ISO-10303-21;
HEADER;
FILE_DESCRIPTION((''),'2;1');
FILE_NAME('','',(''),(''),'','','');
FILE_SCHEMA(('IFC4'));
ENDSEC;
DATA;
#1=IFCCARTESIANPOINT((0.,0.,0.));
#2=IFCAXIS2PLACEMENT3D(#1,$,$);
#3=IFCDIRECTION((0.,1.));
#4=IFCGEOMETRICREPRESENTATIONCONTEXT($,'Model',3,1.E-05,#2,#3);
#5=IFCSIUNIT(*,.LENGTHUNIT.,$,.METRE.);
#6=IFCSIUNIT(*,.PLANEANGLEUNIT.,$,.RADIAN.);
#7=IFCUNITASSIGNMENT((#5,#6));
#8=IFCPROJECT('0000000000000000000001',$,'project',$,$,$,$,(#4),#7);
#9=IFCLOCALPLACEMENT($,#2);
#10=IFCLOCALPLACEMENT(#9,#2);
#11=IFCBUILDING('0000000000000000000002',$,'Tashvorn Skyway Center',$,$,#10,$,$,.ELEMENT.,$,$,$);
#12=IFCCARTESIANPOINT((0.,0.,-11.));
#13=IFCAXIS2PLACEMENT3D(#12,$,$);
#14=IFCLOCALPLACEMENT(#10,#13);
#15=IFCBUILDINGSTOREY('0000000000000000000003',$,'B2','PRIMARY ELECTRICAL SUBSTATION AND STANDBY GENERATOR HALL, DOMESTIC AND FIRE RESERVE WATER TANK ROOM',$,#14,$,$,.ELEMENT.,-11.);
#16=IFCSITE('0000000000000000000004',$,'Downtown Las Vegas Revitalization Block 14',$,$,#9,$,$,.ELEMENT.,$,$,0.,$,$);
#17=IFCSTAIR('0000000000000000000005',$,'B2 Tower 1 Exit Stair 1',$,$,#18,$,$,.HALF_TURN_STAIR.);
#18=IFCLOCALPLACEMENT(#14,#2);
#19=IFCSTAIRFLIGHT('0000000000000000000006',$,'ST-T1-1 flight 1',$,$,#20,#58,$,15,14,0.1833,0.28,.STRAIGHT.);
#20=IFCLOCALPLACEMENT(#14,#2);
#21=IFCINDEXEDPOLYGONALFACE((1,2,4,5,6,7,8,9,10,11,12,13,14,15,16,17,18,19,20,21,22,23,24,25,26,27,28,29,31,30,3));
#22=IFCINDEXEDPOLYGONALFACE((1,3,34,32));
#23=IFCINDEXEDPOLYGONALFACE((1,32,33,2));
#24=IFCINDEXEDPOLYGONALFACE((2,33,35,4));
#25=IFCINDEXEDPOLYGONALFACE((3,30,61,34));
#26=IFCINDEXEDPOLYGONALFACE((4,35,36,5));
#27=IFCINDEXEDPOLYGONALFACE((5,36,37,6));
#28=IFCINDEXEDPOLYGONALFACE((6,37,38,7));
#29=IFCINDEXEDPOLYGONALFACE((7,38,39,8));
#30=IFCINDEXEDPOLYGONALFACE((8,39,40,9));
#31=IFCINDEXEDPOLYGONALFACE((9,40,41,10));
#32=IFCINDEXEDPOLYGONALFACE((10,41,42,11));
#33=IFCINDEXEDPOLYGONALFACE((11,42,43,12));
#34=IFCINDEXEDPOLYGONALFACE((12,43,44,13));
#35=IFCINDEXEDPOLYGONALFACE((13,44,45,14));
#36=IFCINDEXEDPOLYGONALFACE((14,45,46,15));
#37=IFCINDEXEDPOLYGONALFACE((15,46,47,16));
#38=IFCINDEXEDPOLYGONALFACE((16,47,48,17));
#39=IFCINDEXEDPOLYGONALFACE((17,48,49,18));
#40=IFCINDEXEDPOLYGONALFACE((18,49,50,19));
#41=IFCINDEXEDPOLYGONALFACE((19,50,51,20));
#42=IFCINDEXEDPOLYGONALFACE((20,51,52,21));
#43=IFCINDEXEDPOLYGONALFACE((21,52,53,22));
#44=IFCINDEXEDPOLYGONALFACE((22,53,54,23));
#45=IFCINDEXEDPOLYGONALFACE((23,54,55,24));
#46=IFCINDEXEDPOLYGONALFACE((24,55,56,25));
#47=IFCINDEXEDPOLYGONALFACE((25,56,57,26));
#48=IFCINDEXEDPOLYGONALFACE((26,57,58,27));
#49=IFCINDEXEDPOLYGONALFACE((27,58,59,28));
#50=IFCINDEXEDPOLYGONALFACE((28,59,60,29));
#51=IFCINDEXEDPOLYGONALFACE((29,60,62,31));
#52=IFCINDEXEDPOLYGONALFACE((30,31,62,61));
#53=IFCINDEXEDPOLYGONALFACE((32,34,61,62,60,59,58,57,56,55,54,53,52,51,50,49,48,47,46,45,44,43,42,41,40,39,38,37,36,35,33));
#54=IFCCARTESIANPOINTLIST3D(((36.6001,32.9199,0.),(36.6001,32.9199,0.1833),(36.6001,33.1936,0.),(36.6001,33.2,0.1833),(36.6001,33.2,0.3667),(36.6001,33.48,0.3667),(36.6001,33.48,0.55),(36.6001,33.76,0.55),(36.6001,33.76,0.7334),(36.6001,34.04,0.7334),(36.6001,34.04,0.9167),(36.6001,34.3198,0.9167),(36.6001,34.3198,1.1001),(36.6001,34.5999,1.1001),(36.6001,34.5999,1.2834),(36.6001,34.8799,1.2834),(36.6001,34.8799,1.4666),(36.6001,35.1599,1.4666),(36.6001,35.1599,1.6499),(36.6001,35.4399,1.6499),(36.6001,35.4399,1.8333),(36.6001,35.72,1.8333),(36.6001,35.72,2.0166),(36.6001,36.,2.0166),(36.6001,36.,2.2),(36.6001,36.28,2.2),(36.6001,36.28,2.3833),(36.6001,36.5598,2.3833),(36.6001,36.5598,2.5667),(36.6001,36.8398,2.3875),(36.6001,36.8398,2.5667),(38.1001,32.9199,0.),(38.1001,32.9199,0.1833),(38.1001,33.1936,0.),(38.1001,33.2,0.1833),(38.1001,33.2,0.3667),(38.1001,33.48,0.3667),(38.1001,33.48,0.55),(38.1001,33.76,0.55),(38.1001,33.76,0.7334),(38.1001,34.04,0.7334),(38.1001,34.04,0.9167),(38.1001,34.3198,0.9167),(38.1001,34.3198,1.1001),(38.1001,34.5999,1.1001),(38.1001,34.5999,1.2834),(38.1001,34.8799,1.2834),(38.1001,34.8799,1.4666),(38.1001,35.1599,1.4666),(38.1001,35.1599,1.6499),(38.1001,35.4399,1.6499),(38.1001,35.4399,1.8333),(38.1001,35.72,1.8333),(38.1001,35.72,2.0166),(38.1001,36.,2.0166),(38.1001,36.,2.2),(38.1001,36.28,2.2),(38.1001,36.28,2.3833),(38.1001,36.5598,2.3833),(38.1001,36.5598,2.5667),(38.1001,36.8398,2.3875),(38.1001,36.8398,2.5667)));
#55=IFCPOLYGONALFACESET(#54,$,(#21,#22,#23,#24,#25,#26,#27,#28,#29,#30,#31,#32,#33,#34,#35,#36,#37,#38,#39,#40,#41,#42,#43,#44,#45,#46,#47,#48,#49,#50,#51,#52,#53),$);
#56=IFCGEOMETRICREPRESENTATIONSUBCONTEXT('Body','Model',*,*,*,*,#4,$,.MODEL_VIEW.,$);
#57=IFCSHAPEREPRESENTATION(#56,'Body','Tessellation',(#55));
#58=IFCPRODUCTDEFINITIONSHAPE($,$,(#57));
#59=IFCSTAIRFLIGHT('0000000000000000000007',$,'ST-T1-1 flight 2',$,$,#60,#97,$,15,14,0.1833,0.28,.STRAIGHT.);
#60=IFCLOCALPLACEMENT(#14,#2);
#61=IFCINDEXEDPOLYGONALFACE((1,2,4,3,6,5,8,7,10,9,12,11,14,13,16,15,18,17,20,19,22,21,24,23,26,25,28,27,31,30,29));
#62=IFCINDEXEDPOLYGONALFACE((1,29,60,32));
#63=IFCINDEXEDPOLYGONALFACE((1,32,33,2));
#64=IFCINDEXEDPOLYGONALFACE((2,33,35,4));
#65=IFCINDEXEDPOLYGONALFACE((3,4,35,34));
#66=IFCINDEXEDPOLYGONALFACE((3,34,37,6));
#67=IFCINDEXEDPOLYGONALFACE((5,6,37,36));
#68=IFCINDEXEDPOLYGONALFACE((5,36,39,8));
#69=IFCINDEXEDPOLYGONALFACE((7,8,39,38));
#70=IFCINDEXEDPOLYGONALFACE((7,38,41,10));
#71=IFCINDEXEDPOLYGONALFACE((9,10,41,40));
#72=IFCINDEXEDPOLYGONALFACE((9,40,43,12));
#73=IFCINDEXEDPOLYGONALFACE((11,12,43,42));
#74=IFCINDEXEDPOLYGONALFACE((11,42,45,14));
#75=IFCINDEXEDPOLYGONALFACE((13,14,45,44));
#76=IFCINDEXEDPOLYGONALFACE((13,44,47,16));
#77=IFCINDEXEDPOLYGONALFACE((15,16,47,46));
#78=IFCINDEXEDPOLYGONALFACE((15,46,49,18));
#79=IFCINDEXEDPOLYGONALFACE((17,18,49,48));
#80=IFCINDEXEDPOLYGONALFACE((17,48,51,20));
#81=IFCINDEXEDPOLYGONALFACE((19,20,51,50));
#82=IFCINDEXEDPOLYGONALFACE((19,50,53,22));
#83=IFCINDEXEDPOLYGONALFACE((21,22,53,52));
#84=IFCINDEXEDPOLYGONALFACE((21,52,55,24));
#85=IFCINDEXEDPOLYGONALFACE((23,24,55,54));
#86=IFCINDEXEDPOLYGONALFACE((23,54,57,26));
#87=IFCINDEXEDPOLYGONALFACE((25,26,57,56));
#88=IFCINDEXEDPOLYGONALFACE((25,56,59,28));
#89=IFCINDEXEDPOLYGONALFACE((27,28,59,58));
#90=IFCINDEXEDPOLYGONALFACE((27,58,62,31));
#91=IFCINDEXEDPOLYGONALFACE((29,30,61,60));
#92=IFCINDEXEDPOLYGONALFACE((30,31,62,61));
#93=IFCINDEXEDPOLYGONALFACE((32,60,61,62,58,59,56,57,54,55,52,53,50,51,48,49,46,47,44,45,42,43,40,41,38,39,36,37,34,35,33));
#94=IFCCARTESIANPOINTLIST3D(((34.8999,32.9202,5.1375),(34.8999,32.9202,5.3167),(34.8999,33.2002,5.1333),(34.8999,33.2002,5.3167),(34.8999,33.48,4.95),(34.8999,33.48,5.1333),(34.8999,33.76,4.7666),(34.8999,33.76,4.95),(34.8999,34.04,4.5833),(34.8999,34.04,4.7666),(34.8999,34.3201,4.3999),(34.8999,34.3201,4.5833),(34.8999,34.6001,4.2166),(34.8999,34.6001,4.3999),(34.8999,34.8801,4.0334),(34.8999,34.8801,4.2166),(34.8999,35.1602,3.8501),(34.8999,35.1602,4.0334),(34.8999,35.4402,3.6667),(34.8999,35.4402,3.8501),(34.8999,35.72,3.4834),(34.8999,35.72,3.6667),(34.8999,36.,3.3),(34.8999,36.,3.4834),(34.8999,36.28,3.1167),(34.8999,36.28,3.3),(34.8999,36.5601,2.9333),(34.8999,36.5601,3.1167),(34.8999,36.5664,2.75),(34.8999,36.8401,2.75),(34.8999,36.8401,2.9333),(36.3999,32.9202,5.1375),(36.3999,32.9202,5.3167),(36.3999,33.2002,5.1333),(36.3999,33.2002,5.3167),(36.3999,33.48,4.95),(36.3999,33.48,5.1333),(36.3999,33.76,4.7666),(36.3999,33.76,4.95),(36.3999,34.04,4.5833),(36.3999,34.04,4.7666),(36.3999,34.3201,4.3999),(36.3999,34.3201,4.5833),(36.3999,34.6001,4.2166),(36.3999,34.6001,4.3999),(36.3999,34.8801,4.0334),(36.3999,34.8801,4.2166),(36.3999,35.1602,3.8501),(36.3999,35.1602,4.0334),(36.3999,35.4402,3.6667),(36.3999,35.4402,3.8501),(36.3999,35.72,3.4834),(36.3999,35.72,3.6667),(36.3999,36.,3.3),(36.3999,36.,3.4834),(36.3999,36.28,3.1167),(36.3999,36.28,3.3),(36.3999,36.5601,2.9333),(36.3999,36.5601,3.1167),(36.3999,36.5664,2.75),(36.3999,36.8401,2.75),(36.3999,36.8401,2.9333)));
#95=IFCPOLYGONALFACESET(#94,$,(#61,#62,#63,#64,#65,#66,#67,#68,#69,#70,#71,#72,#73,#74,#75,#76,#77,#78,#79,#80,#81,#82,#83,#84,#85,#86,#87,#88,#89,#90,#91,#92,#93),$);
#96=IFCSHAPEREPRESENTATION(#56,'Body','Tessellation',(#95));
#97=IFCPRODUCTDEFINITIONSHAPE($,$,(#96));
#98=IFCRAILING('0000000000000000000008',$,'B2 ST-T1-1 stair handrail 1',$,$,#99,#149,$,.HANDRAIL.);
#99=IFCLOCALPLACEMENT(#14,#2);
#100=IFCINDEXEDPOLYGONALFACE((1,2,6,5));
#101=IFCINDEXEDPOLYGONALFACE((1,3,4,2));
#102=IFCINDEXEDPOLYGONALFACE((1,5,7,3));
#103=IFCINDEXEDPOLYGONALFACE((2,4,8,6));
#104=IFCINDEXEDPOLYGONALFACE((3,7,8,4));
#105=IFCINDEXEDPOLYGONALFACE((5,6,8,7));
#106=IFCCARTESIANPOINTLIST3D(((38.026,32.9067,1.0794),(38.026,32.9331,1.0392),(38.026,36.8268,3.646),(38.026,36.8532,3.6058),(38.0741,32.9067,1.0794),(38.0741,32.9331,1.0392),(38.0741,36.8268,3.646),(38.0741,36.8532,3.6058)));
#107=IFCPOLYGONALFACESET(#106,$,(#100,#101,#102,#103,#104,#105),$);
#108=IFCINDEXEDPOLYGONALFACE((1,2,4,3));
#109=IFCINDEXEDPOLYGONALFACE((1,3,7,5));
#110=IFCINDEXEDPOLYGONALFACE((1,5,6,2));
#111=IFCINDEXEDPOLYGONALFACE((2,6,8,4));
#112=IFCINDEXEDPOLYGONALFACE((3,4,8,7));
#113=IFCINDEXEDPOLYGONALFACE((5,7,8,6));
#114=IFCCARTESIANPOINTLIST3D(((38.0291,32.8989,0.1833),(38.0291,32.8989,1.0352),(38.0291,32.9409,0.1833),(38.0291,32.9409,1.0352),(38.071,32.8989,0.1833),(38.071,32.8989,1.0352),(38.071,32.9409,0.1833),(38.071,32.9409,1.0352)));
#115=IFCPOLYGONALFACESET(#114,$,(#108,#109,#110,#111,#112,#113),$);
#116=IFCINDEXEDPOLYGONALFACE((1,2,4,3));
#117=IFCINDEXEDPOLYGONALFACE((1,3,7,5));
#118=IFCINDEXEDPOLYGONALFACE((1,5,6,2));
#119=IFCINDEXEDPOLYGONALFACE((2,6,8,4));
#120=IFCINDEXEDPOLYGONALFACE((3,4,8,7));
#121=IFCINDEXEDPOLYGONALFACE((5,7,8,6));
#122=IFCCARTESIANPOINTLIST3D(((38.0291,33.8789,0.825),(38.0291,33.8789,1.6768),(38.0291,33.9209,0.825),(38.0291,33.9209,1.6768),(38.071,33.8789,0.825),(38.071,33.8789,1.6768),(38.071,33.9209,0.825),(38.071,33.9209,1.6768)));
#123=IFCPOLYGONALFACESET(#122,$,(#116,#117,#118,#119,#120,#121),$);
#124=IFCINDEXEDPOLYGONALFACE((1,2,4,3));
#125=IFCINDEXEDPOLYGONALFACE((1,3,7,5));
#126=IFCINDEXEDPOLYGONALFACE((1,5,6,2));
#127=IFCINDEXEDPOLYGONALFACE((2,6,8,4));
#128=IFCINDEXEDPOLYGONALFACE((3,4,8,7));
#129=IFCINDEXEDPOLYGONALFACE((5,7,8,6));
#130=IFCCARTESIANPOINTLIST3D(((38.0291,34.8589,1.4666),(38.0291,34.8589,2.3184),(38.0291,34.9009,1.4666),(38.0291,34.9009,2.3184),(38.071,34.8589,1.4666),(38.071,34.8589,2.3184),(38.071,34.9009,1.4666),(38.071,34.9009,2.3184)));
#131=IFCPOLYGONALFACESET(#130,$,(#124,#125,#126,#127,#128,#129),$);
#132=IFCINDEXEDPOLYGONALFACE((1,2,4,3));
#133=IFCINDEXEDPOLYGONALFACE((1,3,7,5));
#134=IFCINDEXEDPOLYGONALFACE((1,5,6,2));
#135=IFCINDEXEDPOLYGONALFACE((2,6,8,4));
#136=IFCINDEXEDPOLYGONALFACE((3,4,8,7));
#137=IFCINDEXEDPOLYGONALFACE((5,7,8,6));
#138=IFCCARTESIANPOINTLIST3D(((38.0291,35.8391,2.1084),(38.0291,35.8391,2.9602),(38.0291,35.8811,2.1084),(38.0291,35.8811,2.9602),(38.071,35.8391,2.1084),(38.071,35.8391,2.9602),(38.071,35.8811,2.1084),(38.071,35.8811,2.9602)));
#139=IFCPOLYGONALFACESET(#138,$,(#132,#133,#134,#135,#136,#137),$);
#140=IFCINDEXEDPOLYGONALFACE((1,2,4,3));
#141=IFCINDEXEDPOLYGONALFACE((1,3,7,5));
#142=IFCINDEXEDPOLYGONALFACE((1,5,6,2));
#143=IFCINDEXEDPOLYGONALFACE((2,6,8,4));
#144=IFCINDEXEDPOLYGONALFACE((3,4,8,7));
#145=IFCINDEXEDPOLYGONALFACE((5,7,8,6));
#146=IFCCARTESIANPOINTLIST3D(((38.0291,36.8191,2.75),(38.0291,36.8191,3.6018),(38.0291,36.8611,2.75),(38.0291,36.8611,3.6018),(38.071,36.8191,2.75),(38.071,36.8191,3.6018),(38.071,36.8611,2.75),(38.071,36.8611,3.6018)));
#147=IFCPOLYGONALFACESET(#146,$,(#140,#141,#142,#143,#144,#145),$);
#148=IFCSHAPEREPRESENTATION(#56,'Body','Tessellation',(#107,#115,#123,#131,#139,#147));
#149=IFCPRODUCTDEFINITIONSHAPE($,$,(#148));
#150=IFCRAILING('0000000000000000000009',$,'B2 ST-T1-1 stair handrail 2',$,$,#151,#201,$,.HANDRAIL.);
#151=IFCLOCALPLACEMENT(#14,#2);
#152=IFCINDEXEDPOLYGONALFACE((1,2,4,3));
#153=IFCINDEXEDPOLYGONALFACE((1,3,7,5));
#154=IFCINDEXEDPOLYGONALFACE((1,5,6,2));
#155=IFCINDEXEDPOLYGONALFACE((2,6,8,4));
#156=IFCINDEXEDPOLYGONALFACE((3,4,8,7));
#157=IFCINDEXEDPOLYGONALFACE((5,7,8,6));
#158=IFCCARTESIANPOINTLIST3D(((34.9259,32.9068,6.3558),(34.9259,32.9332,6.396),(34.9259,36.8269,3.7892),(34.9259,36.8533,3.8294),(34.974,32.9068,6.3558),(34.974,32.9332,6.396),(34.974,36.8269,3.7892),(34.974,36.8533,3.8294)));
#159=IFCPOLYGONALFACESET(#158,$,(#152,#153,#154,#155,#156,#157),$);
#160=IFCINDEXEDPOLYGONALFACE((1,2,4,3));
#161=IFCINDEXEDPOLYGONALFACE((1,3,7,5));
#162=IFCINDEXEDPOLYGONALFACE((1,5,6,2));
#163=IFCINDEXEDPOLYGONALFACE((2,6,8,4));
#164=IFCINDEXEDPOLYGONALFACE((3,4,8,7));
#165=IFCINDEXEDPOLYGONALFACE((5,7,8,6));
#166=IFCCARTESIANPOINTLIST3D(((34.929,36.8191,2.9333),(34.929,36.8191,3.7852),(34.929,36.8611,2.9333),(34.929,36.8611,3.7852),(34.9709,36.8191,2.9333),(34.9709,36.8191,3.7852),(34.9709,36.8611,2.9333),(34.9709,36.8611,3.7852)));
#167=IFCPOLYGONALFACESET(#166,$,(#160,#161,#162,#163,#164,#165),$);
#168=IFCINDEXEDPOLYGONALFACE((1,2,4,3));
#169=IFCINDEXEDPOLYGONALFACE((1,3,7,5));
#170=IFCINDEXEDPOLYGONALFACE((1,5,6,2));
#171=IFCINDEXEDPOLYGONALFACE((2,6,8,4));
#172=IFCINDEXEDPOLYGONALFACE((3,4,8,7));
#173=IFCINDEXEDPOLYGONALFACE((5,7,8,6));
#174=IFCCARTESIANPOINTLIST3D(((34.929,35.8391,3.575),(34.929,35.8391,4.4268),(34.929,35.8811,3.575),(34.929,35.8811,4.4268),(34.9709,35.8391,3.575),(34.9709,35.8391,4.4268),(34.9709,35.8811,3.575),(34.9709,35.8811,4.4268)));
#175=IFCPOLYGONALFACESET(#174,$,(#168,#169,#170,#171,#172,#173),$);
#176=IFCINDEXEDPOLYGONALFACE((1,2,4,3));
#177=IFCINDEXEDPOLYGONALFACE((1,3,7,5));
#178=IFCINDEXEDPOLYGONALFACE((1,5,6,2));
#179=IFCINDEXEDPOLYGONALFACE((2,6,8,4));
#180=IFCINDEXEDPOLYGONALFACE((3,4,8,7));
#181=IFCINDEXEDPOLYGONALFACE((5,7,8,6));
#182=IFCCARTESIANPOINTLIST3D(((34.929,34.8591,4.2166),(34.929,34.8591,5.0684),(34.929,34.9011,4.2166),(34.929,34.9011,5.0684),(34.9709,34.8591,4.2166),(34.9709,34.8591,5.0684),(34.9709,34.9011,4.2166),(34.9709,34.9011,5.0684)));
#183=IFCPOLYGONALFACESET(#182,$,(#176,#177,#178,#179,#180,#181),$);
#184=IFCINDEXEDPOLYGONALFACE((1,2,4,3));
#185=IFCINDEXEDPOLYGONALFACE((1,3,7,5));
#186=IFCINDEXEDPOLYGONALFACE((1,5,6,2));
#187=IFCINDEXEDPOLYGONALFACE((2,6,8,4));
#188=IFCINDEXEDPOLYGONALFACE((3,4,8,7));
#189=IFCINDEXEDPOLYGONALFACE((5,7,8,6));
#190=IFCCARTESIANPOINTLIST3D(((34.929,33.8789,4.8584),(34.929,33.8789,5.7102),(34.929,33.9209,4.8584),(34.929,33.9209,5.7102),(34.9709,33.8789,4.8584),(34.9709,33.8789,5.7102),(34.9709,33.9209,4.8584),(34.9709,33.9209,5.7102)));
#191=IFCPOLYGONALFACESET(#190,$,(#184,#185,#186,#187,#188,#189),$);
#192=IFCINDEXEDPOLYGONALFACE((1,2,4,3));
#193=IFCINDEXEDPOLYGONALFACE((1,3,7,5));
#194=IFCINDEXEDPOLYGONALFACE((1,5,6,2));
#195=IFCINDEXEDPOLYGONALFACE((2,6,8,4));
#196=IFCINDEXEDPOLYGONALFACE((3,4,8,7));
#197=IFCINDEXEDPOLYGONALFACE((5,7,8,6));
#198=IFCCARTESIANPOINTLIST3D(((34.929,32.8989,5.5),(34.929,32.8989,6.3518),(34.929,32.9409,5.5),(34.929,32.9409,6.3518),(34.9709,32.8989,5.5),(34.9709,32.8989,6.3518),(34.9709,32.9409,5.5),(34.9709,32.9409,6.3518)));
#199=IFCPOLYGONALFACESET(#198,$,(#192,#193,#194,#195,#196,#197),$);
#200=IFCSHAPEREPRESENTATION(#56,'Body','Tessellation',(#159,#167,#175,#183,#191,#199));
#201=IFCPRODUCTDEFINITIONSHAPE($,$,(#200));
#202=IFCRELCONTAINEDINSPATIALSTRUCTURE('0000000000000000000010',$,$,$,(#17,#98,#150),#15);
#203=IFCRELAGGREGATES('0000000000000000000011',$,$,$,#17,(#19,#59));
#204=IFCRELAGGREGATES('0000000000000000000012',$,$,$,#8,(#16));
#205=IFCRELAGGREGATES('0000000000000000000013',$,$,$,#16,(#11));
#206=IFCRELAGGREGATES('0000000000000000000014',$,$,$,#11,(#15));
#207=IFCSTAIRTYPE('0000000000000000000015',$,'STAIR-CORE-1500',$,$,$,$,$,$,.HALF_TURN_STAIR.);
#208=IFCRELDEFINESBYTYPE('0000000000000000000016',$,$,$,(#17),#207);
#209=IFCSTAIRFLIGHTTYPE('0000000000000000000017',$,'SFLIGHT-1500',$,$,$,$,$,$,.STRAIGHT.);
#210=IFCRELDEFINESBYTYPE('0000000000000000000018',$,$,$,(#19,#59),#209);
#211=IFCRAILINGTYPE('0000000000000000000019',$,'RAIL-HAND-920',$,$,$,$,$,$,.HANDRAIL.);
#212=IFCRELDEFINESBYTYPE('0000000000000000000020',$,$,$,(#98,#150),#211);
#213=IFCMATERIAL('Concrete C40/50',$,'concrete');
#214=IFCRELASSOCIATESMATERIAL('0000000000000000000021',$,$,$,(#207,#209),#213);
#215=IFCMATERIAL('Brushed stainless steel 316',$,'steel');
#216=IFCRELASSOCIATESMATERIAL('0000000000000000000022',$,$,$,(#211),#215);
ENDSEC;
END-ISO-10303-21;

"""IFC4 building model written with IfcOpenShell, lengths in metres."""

from ifc_helpers import new_model, si_unit, direction, frame, origin, origin_2d, place, context, subcontext, project, spatial, polyline, rectangle, outline, extrude, material, type_object, element, aggregate, save


model = new_model("IFC4")

# Units and contexts
model_context = context("Model", 3, precision=1e-05, world=origin(), true_north=direction((0.0, 1.0)))
body_context = subcontext(model_context, "Body", "Model", "MODEL_VIEW")
ifc_project = project(units=[si_unit("LENGTHUNIT", "METRE"), si_unit("PLANEANGLEUNIT", "RADIAN")], contexts=[model_context])

# Site, building, storey
site_placement = place(None, origin())
site = spatial("IfcSite", under=ifc_project, at=site_placement, Name="Downtown Las Vegas Revitalization Block 14", CompositionType="ELEMENT", RefElevation=0.0)
building_placement = place(site_placement, origin())
building = spatial("IfcBuilding", under=site, at=building_placement, Name="Tashvorn Skyway Center", CompositionType="ELEMENT")
storey_placement = place(building_placement, frame((0.0, 0.0, -11.0)))
storey = spatial("IfcBuildingStorey", under=building, at=storey_placement, Name="B2", Description="PRIMARY ELECTRICAL SUBSTATION AND STANDBY GENERATOR HALL, DOMESTIC AND FIRE RESERVE WATER TANK ROOM", CompositionType="ELEMENT", Elevation=-11.0)

# Shared definitions
ifc_material_1 = material(Name="Concrete C40/50", Category="concrete")

# Stair, stair flights
stair_type = type_object("IfcStairType", Name="STAIR-CORE-1500", PredefinedType="HALF_TURN_STAIR", material=ifc_material_1)
stair_placement = place(storey_placement, origin())
stair = element("IfcStair", 1, at=stair_placement, inside=storey, type_object=stair_type, Name="B2 Tower 1 Exit Stair 1", PredefinedType="HALF_TURN_STAIR")
stair_flight_type = type_object("IfcStairFlightType", Name="SFLIGHT-1500", PredefinedType="STRAIGHT", material=ifc_material_1)
stair_flight_1_placement = place(storey_placement, frame((37.3501, 32.9199, 0.0), z_axis=(0.0, 0.0, 1.0), x_axis=(0.0, 1.0, 0.0)))
stair_flight_1 = element("IfcStairFlight", 2, at=stair_flight_1_placement, type_object=stair_flight_type, Name="ST-T1-1 flight 1", NumberOfRisers=15, NumberOfTreads=14, PredefinedType="STRAIGHT", RiserHeight=0.1833, TreadLength=0.28, context=body_context, shape_type="SweptSolid", body=[
    extrude(outline(polyline([(0.0, 0.0), (0.0, 0.1833), (0.28, 0.1833), (0.28, 0.3667), (0.5601, 0.3667), (0.5601, 0.55), (0.8401, 0.55), (0.8401, 0.7334), (1.1201, 0.7334), (1.1201, 0.9167), (1.3999, 0.9167), (1.3999, 1.1001), (1.6799, 1.1001), (1.6799, 1.2834), (1.96, 1.2834), (1.96, 1.4666), (2.24, 1.4666), (2.24, 1.6499), (2.52, 1.6499), (2.52, 1.8333), (2.8, 1.8333), (2.8, 2.0166), (3.0801, 2.0166), (3.0801, 2.2), (3.3601, 2.2), (3.3601, 2.3833), (3.6399, 2.3833), (3.6399, 2.5667), (3.9199, 2.5667), (3.9199, 2.75), (3.9199, 2.3875), (0.2737, 0.0), (0.0, 0.0)])), frame((0.0, 0.75, 0.0), z_axis=(0.0, -1.0, 0.0), x_axis=(1.0, 0.0, 0.0)), (0.0, 0.0, 1.0), 1.5),
])
stair_flight_2_placement = place(storey_placement, frame((35.6499, 36.8401, 2.75), z_axis=(0.0, 0.0, 1.0), x_axis=(0.0, -1.0, 0.0)))
stair_flight_2 = element("IfcStairFlight", 3, at=stair_flight_2_placement, type_object=stair_flight_type, Name="ST-T1-1 flight 2", NumberOfRisers=15, NumberOfTreads=14, PredefinedType="STRAIGHT", RiserHeight=0.1833, TreadLength=0.28, context=body_context, shape_type="SweptSolid", body=[
    extrude(outline(polyline([(0.0, 0.0), (0.0, 0.1833), (0.28, 0.1833), (0.28, 0.3667), (0.5601, 0.3667), (0.5601, 0.55), (0.8401, 0.55), (0.8401, 0.7334), (1.1201, 0.7334), (1.1201, 0.9167), (1.3999, 0.9167), (1.3999, 1.1001), (1.6799, 1.1001), (1.6799, 1.2834), (1.96, 1.2834), (1.96, 1.4666), (2.24, 1.4666), (2.24, 1.6499), (2.52, 1.6499), (2.52, 1.8333), (2.8, 1.8333), (2.8, 2.0166), (3.0801, 2.0166), (3.0801, 2.2), (3.3601, 2.2), (3.3601, 2.3833), (3.6399, 2.3833), (3.6399, 2.5667), (3.9199, 2.5667), (3.9199, 2.75), (3.9199, 2.3875), (0.2737, 0.0), (0.0, 0.0)])), frame((0.0, 0.75, 0.0), z_axis=(0.0, -1.0, 0.0), x_axis=(1.0, 0.0, 0.0)), (0.0, 0.0, 1.0), 1.5),
])
aggregate(stair, [stair_flight_1, stair_flight_2])

# Railings
ifc_material_2 = material(Name="Brushed stainless steel 316", Category="steel")
railing_type_1 = type_object("IfcRailingType", Name="RAIL-HAND-920", PredefinedType="HANDRAIL", material=ifc_material_2)
railing_1_placement = place(storey_placement, frame((38.05, 32.9199, 0.1833)))
element("IfcRailing", 4, at=railing_1_placement, inside=storey, type_object=railing_type_1, Name="B2 ST-T1-1 stair handrail 1", PredefinedType="HANDRAIL", context=body_context, shape_type="SweptSolid", body=[
    extrude(rectangle(XDim=0.0481, YDim=0.0481, at=origin_2d()), frame((0.0, 0.0, 0.876), z_axis=(0.0, 0.836631, 0.547767), x_axis=(-1.0, 0.0, 0.0)), (0.0, 0.0, 1.0), 4.6855),
    extrude(rectangle(XDim=0.042, YDim=0.042, at=origin_2d()), origin(), (0.0, 0.0, 1.0), 0.8518),
    extrude(rectangle(XDim=0.042, YDim=0.042, at=origin_2d()), frame((0.0, 0.98, 0.6416)), (0.0, 0.0, 1.0), 0.8518),
    extrude(rectangle(XDim=0.042, YDim=0.042, at=origin_2d()), frame((0.0, 1.96, 1.2832)), (0.0, 0.0, 1.0), 0.8518),
    extrude(rectangle(XDim=0.042, YDim=0.042, at=origin_2d()), frame((0.0, 2.9402, 1.925)), (0.0, 0.0, 1.0), 0.8518),
    extrude(rectangle(XDim=0.042, YDim=0.042, at=origin_2d()), frame((0.0, 3.9202, 2.5667)), (0.0, 0.0, 1.0), 0.8518),
])
railing_2_placement = place(storey_placement, frame((34.95, 36.8401, 2.9333)))
element("IfcRailing", 5, at=railing_2_placement, inside=storey, type_object=railing_type_1, Name="B2 ST-T1-1 stair handrail 2", PredefinedType="HANDRAIL", context=body_context, shape_type="SweptSolid", body=[
    extrude(rectangle(XDim=0.0481, YDim=0.0481, at=origin_2d()), frame((0.0, 0.0, 0.876), z_axis=(0.0, -0.836631, 0.547767), x_axis=(1.0, 0.0, 0.0)), (0.0, 0.0, 1.0), 4.6855),
    extrude(rectangle(XDim=0.042, YDim=0.042, at=origin_2d()), origin(), (0.0, 0.0, 1.0), 0.8518),
    extrude(rectangle(XDim=0.042, YDim=0.042, at=origin_2d()), frame((0.0, -0.98, 0.6416)), (0.0, 0.0, 1.0), 0.8518),
    extrude(rectangle(XDim=0.042, YDim=0.042, at=origin_2d()), frame((0.0, -1.96, 1.2832)), (0.0, 0.0, 1.0), 0.8518),
    extrude(rectangle(XDim=0.042, YDim=0.042, at=origin_2d()), frame((0.0, -2.9402, 1.925)), (0.0, 0.0, 1.0), 0.8518),
    extrude(rectangle(XDim=0.042, YDim=0.042, at=origin_2d()), frame((0.0, -3.9202, 2.5667)), (0.0, 0.0, 1.0), 0.8518),
])

save(model, "model.ifc")
